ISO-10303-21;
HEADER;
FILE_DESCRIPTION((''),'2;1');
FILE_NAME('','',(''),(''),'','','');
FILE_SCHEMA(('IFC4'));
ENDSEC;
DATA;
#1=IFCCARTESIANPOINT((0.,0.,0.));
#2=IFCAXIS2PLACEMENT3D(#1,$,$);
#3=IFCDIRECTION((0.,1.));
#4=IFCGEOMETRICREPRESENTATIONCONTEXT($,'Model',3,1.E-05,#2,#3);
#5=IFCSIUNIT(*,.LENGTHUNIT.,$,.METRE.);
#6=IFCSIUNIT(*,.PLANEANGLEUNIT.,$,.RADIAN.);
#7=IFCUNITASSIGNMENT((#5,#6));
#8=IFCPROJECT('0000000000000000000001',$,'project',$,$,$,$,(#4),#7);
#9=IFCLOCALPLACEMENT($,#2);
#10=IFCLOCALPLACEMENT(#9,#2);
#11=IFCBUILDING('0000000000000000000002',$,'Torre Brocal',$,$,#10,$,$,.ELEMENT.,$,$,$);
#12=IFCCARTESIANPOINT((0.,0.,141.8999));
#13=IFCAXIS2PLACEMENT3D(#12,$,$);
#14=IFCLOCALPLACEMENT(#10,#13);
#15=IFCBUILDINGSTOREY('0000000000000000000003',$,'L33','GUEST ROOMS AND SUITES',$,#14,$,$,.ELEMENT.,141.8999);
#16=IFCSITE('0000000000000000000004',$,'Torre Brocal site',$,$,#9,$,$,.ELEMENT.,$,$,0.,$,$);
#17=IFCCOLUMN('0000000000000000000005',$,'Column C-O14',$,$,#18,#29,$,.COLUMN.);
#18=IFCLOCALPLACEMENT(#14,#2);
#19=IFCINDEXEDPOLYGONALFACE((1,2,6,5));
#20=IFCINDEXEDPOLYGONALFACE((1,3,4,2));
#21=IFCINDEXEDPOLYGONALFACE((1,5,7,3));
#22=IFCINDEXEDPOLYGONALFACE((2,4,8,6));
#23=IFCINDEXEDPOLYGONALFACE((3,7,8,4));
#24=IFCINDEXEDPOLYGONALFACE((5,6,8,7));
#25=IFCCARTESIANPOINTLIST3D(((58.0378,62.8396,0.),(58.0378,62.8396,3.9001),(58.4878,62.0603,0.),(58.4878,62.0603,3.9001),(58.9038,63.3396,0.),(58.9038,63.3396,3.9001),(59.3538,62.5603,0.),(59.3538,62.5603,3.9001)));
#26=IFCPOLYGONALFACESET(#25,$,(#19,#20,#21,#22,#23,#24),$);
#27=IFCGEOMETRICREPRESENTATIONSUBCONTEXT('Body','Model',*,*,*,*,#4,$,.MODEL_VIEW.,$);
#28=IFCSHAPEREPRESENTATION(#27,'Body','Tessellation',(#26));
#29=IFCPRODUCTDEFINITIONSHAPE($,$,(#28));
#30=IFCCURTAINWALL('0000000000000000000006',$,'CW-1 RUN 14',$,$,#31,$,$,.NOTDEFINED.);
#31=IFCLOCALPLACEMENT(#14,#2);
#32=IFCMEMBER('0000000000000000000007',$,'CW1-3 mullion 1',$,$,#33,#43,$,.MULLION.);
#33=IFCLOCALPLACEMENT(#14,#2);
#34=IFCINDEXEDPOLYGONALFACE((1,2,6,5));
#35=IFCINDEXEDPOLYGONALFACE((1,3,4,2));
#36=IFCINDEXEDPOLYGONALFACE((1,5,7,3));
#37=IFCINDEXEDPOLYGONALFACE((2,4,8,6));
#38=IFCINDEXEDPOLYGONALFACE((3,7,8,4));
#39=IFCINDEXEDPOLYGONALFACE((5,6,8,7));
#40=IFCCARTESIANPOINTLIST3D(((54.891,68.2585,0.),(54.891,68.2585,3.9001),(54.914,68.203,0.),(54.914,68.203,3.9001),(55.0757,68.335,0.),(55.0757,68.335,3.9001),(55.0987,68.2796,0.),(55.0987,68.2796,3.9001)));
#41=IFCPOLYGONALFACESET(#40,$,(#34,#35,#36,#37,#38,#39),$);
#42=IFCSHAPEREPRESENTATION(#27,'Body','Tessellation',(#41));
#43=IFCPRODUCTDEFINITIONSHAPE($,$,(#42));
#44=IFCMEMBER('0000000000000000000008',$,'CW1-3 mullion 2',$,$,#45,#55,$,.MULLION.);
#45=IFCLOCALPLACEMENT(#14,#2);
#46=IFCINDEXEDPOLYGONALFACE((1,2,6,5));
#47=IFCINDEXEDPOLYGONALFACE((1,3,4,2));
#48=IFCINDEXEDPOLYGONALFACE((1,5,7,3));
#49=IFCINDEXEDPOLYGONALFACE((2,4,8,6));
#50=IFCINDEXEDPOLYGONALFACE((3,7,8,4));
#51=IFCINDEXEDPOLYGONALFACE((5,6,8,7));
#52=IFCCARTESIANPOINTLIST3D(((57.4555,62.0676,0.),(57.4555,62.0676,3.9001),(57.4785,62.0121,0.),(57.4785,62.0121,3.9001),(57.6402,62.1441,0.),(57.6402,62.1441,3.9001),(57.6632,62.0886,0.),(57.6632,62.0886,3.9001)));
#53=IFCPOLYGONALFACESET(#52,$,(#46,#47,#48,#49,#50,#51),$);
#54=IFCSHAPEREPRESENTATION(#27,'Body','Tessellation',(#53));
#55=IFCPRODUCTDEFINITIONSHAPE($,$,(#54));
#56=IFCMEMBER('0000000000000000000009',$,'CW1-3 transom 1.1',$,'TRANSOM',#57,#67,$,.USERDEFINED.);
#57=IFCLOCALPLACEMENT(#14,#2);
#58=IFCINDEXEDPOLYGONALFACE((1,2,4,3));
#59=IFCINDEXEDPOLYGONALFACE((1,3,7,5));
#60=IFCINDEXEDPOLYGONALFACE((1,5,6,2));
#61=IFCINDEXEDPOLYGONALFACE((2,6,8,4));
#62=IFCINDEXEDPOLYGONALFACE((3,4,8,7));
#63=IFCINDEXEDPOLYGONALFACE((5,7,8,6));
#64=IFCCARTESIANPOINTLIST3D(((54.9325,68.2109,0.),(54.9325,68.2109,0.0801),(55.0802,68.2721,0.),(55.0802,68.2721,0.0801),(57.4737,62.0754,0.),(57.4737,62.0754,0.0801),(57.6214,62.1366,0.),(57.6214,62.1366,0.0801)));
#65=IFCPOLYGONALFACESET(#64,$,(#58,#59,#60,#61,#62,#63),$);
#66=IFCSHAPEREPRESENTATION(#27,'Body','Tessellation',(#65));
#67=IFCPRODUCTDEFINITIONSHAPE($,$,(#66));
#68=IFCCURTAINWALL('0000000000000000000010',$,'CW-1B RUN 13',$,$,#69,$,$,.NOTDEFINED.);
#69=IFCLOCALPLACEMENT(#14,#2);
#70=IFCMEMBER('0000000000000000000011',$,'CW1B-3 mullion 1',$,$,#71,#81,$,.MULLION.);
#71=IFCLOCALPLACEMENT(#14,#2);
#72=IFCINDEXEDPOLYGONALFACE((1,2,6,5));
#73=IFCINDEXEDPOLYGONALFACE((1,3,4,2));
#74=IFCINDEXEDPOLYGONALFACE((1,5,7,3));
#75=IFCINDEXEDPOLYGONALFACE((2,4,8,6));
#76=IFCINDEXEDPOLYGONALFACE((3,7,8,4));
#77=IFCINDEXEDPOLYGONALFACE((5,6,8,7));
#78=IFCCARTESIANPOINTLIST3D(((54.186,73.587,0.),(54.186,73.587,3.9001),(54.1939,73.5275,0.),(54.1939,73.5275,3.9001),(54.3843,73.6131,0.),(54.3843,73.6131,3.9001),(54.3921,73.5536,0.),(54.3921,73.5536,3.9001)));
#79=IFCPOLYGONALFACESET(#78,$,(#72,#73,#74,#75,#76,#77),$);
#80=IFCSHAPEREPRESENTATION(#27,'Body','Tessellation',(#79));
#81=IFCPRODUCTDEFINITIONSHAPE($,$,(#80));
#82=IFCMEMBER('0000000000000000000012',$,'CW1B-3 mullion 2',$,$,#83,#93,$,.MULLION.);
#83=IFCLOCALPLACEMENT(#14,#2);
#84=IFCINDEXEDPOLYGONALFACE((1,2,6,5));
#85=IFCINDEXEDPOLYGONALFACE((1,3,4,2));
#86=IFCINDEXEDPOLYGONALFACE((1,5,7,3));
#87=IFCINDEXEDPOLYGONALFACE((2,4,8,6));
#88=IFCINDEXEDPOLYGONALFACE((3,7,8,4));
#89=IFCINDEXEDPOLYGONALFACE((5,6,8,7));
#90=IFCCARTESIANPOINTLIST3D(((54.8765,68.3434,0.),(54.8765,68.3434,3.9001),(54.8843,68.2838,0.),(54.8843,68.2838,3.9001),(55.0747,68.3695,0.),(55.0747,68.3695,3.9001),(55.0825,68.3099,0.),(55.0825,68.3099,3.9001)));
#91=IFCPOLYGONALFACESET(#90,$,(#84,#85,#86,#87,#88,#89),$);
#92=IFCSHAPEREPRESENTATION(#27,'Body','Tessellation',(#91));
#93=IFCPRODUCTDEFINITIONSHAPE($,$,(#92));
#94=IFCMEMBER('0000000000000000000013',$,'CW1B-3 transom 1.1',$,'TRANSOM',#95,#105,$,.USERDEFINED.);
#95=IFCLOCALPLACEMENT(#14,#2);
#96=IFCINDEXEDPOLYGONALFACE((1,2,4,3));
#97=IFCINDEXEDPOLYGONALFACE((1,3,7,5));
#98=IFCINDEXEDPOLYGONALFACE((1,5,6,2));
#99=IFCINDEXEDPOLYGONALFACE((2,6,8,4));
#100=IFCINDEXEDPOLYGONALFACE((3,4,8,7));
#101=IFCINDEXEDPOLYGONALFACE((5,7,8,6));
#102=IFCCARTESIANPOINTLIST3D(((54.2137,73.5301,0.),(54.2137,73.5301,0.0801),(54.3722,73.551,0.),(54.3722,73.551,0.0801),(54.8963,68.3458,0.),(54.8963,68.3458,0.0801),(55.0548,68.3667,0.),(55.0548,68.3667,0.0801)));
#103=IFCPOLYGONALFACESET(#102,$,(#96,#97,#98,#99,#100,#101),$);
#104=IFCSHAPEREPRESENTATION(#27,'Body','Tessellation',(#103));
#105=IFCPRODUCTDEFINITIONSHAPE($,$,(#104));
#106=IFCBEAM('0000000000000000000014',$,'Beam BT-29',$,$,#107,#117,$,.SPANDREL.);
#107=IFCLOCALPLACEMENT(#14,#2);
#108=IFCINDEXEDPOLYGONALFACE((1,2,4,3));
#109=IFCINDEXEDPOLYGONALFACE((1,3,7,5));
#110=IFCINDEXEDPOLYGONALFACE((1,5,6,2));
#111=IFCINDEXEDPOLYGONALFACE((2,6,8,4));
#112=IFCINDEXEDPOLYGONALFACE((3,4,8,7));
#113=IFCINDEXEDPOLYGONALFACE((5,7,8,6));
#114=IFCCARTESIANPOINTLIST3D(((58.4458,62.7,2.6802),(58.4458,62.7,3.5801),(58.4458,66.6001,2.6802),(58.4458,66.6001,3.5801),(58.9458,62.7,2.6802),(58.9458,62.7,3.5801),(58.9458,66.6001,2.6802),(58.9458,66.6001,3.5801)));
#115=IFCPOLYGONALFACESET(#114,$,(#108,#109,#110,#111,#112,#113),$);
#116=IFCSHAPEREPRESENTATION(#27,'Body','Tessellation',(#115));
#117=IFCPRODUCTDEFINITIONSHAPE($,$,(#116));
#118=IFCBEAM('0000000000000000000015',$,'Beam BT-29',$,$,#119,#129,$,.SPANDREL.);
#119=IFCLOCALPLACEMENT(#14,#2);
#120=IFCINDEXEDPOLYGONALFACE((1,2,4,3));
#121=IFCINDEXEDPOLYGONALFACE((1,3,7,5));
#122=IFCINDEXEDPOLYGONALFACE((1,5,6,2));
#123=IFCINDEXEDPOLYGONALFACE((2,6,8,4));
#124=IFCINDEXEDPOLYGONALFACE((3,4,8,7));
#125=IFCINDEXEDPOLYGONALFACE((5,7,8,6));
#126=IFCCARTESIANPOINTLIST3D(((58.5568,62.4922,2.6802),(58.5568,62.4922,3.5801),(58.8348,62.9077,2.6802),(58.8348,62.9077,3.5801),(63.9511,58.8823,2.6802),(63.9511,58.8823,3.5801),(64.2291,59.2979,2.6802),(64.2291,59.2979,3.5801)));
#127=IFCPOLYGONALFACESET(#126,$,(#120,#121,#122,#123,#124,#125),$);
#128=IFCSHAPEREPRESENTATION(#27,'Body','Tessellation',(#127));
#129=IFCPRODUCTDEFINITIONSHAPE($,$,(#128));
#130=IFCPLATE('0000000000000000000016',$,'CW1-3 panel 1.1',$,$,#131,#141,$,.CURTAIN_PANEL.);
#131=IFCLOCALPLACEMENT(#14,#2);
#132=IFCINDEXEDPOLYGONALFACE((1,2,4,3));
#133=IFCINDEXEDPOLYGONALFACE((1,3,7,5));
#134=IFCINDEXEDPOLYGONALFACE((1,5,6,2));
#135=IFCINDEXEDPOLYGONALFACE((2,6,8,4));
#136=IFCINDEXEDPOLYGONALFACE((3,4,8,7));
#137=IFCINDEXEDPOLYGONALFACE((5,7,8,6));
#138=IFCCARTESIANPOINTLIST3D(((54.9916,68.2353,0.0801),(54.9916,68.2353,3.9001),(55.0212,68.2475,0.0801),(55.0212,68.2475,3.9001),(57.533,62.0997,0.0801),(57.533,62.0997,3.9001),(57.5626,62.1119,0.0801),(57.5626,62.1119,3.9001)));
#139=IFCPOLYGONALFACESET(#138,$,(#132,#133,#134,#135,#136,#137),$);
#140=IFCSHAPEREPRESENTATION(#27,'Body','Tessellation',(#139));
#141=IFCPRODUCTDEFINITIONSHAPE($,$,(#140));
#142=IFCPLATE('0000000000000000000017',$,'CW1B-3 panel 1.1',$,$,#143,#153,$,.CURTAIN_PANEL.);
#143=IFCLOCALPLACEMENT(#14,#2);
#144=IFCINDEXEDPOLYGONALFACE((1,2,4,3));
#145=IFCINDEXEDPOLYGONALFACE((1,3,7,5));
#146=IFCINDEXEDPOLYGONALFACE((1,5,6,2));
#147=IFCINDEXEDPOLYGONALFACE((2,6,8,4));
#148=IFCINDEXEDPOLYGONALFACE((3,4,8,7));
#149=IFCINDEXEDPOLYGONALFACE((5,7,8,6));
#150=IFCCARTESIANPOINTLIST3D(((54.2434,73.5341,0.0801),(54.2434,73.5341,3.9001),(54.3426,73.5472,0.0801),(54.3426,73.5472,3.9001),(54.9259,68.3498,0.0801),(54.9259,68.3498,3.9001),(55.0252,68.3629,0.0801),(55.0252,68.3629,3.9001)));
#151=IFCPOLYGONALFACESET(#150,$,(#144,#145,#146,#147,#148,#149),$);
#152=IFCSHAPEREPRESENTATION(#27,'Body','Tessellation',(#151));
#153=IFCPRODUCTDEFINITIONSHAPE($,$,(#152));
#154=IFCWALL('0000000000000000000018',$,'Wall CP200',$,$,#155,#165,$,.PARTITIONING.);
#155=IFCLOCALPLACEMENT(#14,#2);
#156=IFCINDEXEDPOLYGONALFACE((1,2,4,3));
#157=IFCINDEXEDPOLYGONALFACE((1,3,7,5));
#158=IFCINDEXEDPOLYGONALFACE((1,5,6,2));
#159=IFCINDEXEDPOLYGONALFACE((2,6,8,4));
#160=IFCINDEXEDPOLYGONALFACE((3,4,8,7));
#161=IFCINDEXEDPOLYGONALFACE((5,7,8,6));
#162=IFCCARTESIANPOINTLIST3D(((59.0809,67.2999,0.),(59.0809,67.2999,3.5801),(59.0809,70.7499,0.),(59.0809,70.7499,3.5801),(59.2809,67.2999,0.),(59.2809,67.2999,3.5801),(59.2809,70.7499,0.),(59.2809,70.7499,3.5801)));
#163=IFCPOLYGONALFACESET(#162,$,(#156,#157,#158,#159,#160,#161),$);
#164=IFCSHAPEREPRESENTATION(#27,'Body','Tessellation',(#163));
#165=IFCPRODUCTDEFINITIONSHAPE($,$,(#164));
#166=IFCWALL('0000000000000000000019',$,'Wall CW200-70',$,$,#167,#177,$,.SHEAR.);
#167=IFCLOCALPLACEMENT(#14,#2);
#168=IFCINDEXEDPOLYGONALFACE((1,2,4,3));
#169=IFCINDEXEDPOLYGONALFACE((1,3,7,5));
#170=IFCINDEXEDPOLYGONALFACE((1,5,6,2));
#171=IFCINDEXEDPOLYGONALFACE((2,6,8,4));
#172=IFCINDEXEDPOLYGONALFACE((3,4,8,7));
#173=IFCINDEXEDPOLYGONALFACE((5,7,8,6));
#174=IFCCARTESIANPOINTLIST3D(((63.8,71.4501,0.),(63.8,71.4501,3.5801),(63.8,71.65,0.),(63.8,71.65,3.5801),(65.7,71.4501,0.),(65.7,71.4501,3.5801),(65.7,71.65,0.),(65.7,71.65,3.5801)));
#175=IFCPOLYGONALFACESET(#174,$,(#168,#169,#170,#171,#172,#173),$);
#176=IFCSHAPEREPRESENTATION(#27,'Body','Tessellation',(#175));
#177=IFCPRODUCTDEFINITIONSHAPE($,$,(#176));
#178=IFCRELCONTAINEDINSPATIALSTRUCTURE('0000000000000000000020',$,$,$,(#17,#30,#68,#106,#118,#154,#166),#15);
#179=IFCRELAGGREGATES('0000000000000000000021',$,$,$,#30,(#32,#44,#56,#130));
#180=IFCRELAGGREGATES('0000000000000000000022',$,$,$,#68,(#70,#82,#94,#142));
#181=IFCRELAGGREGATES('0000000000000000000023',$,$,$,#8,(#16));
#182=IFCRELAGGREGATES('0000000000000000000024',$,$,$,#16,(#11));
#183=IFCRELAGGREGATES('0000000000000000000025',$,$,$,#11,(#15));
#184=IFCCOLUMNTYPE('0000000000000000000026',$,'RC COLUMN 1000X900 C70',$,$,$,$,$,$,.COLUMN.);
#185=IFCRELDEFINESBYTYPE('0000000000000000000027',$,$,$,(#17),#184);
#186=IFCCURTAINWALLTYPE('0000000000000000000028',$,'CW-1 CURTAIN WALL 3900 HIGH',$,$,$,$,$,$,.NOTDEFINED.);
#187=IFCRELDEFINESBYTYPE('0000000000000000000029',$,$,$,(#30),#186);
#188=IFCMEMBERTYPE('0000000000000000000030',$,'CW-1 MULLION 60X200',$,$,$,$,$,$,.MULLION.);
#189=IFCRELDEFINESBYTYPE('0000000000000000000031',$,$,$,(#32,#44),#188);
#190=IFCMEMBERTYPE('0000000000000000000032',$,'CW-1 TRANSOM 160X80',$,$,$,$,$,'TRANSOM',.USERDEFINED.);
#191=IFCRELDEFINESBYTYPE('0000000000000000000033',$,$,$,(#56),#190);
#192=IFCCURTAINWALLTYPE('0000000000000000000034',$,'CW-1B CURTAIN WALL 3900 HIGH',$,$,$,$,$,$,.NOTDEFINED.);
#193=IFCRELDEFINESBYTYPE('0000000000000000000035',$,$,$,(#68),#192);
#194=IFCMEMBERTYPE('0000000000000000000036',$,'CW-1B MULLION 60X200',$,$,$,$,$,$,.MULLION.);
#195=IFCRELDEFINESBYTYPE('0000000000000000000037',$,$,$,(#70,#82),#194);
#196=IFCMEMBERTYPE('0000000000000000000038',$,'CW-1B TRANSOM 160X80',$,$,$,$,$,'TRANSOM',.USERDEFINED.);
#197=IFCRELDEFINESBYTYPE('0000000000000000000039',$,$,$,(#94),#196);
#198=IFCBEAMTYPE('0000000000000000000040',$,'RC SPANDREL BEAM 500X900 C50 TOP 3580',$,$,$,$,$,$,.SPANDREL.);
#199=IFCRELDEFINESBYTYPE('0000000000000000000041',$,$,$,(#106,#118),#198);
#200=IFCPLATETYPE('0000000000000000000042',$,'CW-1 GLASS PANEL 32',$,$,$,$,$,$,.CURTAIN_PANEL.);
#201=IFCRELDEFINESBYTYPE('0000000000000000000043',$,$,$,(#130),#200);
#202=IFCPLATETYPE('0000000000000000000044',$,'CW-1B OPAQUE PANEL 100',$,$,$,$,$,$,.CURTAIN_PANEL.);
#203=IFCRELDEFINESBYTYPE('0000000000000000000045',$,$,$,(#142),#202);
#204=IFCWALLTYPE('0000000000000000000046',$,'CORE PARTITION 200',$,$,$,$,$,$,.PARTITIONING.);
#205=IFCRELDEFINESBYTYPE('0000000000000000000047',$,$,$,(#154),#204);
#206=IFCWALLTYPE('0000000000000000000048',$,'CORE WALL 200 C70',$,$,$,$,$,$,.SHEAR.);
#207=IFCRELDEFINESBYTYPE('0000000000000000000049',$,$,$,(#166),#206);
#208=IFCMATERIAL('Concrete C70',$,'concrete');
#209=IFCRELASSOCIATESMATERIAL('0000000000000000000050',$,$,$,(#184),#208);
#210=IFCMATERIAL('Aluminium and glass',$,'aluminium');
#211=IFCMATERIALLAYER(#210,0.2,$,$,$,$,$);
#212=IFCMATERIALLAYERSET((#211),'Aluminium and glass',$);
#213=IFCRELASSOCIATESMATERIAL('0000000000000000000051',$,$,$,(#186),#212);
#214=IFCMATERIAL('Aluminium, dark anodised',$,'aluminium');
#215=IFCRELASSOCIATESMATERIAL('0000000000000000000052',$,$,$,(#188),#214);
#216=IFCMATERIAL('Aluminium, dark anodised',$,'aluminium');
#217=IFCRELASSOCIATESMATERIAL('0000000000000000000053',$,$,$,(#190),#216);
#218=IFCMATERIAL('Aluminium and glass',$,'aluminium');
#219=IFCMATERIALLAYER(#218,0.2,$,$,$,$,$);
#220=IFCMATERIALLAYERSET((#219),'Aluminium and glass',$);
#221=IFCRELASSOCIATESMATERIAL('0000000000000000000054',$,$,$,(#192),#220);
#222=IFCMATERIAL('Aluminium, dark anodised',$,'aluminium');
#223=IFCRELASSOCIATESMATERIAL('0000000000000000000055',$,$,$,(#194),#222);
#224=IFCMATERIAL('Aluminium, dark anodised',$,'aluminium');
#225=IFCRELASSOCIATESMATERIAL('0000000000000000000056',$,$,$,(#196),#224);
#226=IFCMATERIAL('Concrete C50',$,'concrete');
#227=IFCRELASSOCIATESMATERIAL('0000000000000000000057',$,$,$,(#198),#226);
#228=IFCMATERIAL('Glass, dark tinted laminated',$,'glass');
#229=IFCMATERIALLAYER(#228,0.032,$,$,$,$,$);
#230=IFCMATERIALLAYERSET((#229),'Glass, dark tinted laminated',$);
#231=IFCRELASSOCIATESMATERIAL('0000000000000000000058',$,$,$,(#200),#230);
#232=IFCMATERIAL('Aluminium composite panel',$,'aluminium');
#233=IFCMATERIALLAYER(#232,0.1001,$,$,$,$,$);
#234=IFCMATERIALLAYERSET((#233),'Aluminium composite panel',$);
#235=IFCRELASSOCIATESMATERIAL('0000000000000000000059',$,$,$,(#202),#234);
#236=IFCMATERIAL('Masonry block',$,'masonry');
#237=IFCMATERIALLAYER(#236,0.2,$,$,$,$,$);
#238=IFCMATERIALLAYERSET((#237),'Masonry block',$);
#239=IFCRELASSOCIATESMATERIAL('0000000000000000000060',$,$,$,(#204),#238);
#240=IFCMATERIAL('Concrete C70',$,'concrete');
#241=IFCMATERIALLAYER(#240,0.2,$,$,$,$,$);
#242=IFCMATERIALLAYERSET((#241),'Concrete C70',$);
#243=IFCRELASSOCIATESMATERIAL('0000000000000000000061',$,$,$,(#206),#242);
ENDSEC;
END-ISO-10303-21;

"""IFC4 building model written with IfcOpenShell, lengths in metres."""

from ifc_helpers import new_model, si_unit, direction, frame, frame_2d, origin, origin_2d, place, context, subcontext, project, spatial, rectangle, extrude, material, layer, layer_set, material_profile, profile_set, type_object, element, aggregate, save


model = new_model("IFC4")

# Units and contexts
model_context = context("Model", 3, precision=1e-05, world=origin(), true_north=direction((0.0, 1.0)))
body_context = subcontext(model_context, "Body", "Model", "MODEL_VIEW")
ifc_project = project(units=[si_unit("LENGTHUNIT", "METRE"), si_unit("PLANEANGLEUNIT", "RADIAN")], contexts=[model_context])

# Site, building, storey
site_placement = place(None, origin())
site = spatial("IfcSite", under=ifc_project, at=site_placement, Name="Torre Brocal site", CompositionType="ELEMENT", RefElevation=0.0)
building_placement = place(site_placement, origin())
building = spatial("IfcBuilding", under=site, at=building_placement, Name="Torre Brocal", CompositionType="ELEMENT")
storey_placement = place(building_placement, frame((0.0, 0.0, 141.8999)))
storey = spatial("IfcBuildingStorey", under=building, at=storey_placement, Name="L33", Description="GUEST ROOMS AND SUITES", CompositionType="ELEMENT", Elevation=141.8999)

# Column
ifc_material_1 = material(Name="Concrete C70", Category="concrete")
ifc_material_profile_1 = material_profile(ifc_material_1, rectangle(XDim=1.0, YDim=0.8999, at=origin_2d()), Name="RC 1000X900")
ifc_profile_set_1 = profile_set([ifc_material_profile_1], Name="Concrete C70")
column_type = type_object("IfcColumnType", Name="RC COLUMN 1000X900 C70", PredefinedType="COLUMN", material=ifc_profile_set_1)
column_placement = place(storey_placement, frame((58.6958, 62.7, 0.0), z_axis=(0.0, 0.0, 1.0), x_axis=(-0.866025, -0.5, 0.0)))
element("IfcColumn", 1, at=column_placement, inside=storey, type_object=column_type, Name="Column C-O14", PredefinedType="COLUMN", context=body_context, shape_type="SweptSolid", body=[
    extrude(rectangle(XDim=1.0, YDim=0.8999, at=origin_2d()), origin(), (0.0, 0.0, 1.0), 3.9001),
])

# Curtain walls, members
ifc_material_2 = material(Name="Aluminium and glass", Category="aluminium")
ifc_layer_1 = layer(ifc_material_2, 0.2)
ifc_layer_set_1 = layer_set([ifc_layer_1], Name="Aluminium and glass")
curtain_wall_type_1 = type_object("IfcCurtainWallType", Name="CW-1 CURTAIN WALL 3900 HIGH", PredefinedType="NOTDEFINED", material=ifc_layer_set_1)
curtain_wall_1_placement = place(storey_placement, origin())
curtain_wall_1 = element("IfcCurtainWall", 2, at=curtain_wall_1_placement, inside=storey, type_object=curtain_wall_type_1, Name="CW-1 RUN 14", PredefinedType="NOTDEFINED")
ifc_material_3 = material(Name="Aluminium, dark anodised", Category="aluminium")
ifc_material_profile_2 = material_profile(ifc_material_3, rectangle(XDim=0.2, YDim=0.0601, at=origin_2d()), Name="CW-1 MULLION 60X200")
ifc_profile_set_2 = profile_set([ifc_material_profile_2], Name="Aluminium, dark anodised")
member_type_1 = type_object("IfcMemberType", Name="CW-1 MULLION 60X200", PredefinedType="MULLION", material=ifc_profile_set_2)
member_1_placement = place(storey_placement, frame((54.9949, 68.269, 0.0), z_axis=(0.0, 0.0, 1.0), x_axis=(0.92388, 0.382683, 0.0)))
member_1 = element("IfcMember", 3, at=member_1_placement, type_object=member_type_1, Name="CW1-3 mullion 1", PredefinedType="MULLION", context=body_context, shape_type="SweptSolid", body=[
    extrude(rectangle(XDim=0.2, YDim=0.0601, at=origin_2d()), origin(), (0.0, 0.0, 1.0), 3.9001),
])
member_2_placement = place(storey_placement, frame((57.5593, 62.0781, 0.0), z_axis=(0.0, 0.0, 1.0), x_axis=(0.92388, 0.382683, 0.0)))
member_2 = element("IfcMember", 4, at=member_2_placement, type_object=member_type_1, Name="CW1-3 mullion 2", PredefinedType="MULLION", context=body_context, shape_type="SweptSolid", body=[
    extrude(rectangle(XDim=0.2, YDim=0.0601, at=origin_2d()), origin(), (0.0, 0.0, 1.0), 3.9001),
])
ifc_material_4 = material(Name="Aluminium, dark anodised", Category="aluminium")
ifc_material_profile_3 = material_profile(ifc_material_4, rectangle(XDim=0.1599, YDim=0.0801, at=origin_2d()), Name="CW-1 TRANSOM 160X80")
ifc_profile_set_3 = profile_set([ifc_material_profile_3], Name="Aluminium, dark anodised")
member_type_2 = type_object("IfcMemberType", Name="CW-1 TRANSOM 160X80", ElementType="TRANSOM", PredefinedType="USERDEFINED", material=ifc_profile_set_3)
member_3_placement = place(storey_placement, frame((55.0063, 68.2415, 0.04), z_axis=(0.382665, -0.923887, 0.0), x_axis=(0.923887, 0.382665, 0.0)))
member_3 = element("IfcMember", 5, at=member_3_placement, type_object=member_type_2, Name="CW1-3 transom 1.1", ObjectType="TRANSOM", PredefinedType="USERDEFINED", context=body_context, shape_type="SweptSolid", body=[
    extrude(rectangle(XDim=0.1599, YDim=0.0801, at=origin_2d()), origin(), (0.0, 0.0, 1.0), 6.6409),
])
ifc_material_5 = material(Name="Aluminium and glass", Category="aluminium")
ifc_layer_2 = layer(ifc_material_5, 0.2)
ifc_layer_set_2 = layer_set([ifc_layer_2], Name="Aluminium and glass")
curtain_wall_type_2 = type_object("IfcCurtainWallType", Name="CW-1B CURTAIN WALL 3900 HIGH", PredefinedType="NOTDEFINED", material=ifc_layer_set_2)
curtain_wall_2_placement = place(storey_placement, origin())
curtain_wall_2 = element("IfcCurtainWall", 6, at=curtain_wall_2_placement, inside=storey, type_object=curtain_wall_type_2, Name="CW-1B RUN 13", PredefinedType="NOTDEFINED")
ifc_material_6 = material(Name="Aluminium, dark anodised", Category="aluminium")
ifc_material_profile_4 = material_profile(ifc_material_6, rectangle(XDim=0.2, YDim=0.0601, at=origin_2d()), Name="CW-1B MULLION 60X200")
ifc_profile_set_4 = profile_set([ifc_material_profile_4], Name="Aluminium, dark anodised")
member_type_3 = type_object("IfcMemberType", Name="CW-1B MULLION 60X200", PredefinedType="MULLION", material=ifc_profile_set_4)
member_4_placement = place(storey_placement, frame((54.2891, 73.5703, 0.0), z_axis=(0.0, 0.0, 1.0), x_axis=(0.991445, 0.130526, 0.0)))
member_4 = element("IfcMember", 7, at=member_4_placement, type_object=member_type_3, Name="CW1B-3 mullion 1", PredefinedType="MULLION", context=body_context, shape_type="SweptSolid", body=[
    extrude(rectangle(XDim=0.2, YDim=0.0601, at=origin_2d()), origin(), (0.0, 0.0, 1.0), 3.9001),
])
member_5_placement = place(storey_placement, frame((54.9795, 68.3267, 0.0), z_axis=(0.0, 0.0, 1.0), x_axis=(0.991445, 0.130526, 0.0)))
member_5 = element("IfcMember", 8, at=member_5_placement, type_object=member_type_3, Name="CW1B-3 mullion 2", PredefinedType="MULLION", context=body_context, shape_type="SweptSolid", body=[
    extrude(rectangle(XDim=0.2, YDim=0.0601, at=origin_2d()), origin(), (0.0, 0.0, 1.0), 3.9001),
])
ifc_material_7 = material(Name="Aluminium, dark anodised", Category="aluminium")
ifc_material_profile_5 = material_profile(ifc_material_7, rectangle(XDim=0.1599, YDim=0.0801, at=origin_2d()), Name="CW-1B TRANSOM 160X80")
ifc_profile_set_5 = profile_set([ifc_material_profile_5], Name="Aluminium, dark anodised")
member_type_4 = type_object("IfcMemberType", Name="CW-1B TRANSOM 160X80", ElementType="TRANSOM", PredefinedType="USERDEFINED", material=ifc_profile_set_5)
member_6_placement = place(storey_placement, frame((54.293, 73.5405, 0.04), z_axis=(0.130543, -0.991443, 0.0), x_axis=(0.991443, 0.130543, 0.0)))
member_6 = element("IfcMember", 9, at=member_6_placement, type_object=member_type_4, Name="CW1B-3 transom 1.1", ObjectType="TRANSOM", PredefinedType="USERDEFINED", context=body_context, shape_type="SweptSolid", body=[
    extrude(rectangle(XDim=0.1599, YDim=0.0801, at=origin_2d()), origin(), (0.0, 0.0, 1.0), 5.229),
])

# Beams
ifc_material_8 = material(Name="Concrete C50", Category="concrete")
ifc_material_profile_6 = material_profile(ifc_material_8, rectangle(XDim=0.5, YDim=0.8999, at=origin_2d()), Name="RC 500X900")
ifc_profile_set_6 = profile_set([ifc_material_profile_6], Name="Concrete C50")
beam_type = type_object("IfcBeamType", Name="RC SPANDREL BEAM 500X900 C50 TOP 3580", PredefinedType="SPANDREL", material=ifc_profile_set_6)
beam_1_placement = place(storey_placement, frame((58.6958, 62.7, 3.1301), z_axis=(0.0, 1.0, 0.0), x_axis=(-1.0, 0.0, 0.0)))
element("IfcBeam", 10, at=beam_1_placement, inside=storey, type_object=beam_type, Name="Beam BT-29", PredefinedType="SPANDREL", context=body_context, shape_type="SweptSolid", body=[
    extrude(rectangle(XDim=0.5, YDim=0.8999, at=origin_2d()), origin(), (0.0, 0.0, 1.0), 3.9001),
])
beam_2_placement = place(storey_placement, frame((58.6958, 62.7, 3.1301), z_axis=(0.831077, -0.556158, 0.0), x_axis=(0.556158, 0.831077, 0.0)))
element("IfcBeam", 11, at=beam_2_placement, inside=storey, type_object=beam_type, Name="Beam BT-29", PredefinedType="SPANDREL", context=body_context, shape_type="SweptSolid", body=[
    extrude(rectangle(XDim=0.5, YDim=0.8999, at=origin_2d()), origin(), (0.0, 0.0, 1.0), 6.4907),
])

# Plates
ifc_material_9 = material(Name="Glass, dark tinted laminated", Category="glass")
ifc_layer_3 = layer(ifc_material_9, 0.032)
ifc_layer_set_3 = layer_set([ifc_layer_3], Name="Glass, dark tinted laminated")
plate_type_1 = type_object("IfcPlateType", Name="CW-1 GLASS PANEL 32", PredefinedType="CURTAIN_PANEL", material=ifc_layer_set_3)
plate_1_placement = place(storey_placement, frame((56.2771, 65.1736, 0.0801), z_axis=(0.0, 0.0, 1.0), x_axis=(0.382683, -0.92388, 0.0)))
plate_1 = element("IfcPlate", 12, at=plate_1_placement, type_object=plate_type_1, Name="CW1-3 panel 1.1", PredefinedType="CURTAIN_PANEL", context=body_context, shape_type="SweptSolid", body=[
    extrude(rectangle(XDim=6.6411, YDim=0.032, at=origin_2d()), origin(), (0.0, 0.0, 1.0), 3.8201),
])
aggregate(curtain_wall_1, [member_1, member_2, member_3, plate_1])
ifc_material_10 = material(Name="Aluminium composite panel", Category="aluminium")
ifc_layer_4 = layer(ifc_material_10, 0.1001)
ifc_layer_set_4 = layer_set([ifc_layer_4], Name="Aluminium composite panel")
plate_type_2 = type_object("IfcPlateType", Name="CW-1B OPAQUE PANEL 100", PredefinedType="CURTAIN_PANEL", material=ifc_layer_set_4)
plate_2_placement = place(storey_placement, frame((54.6343, 70.9485, 0.0801), z_axis=(0.0, 0.0, 1.0), x_axis=(0.130526, -0.991445, 0.0)))
plate_2 = element("IfcPlate", 13, at=plate_2_placement, type_object=plate_type_2, Name="CW1B-3 panel 1.1", PredefinedType="CURTAIN_PANEL", context=body_context, shape_type="SweptSolid", body=[
    extrude(rectangle(XDim=5.229, YDim=0.1001, at=origin_2d()), origin(), (0.0, 0.0, 1.0), 3.8201),
])
aggregate(curtain_wall_2, [member_4, member_5, member_6, plate_2])

# Walls
ifc_material_11 = material(Name="Masonry block", Category="masonry")
ifc_layer_5 = layer(ifc_material_11, 0.2)
ifc_layer_set_5 = layer_set([ifc_layer_5], Name="Masonry block")
wall_type_1 = type_object("IfcWallType", Name="CORE PARTITION 200", PredefinedType="PARTITIONING", material=ifc_layer_set_5)
wall_1_placement = place(storey_placement, frame((59.1809, 70.75, 0.0), z_axis=(0.0, 0.0, 1.0), x_axis=(0.0, -1.0, 0.0)))
element("IfcWall", 14, at=wall_1_placement, inside=storey, type_object=wall_type_1, Name="Wall CP200", PredefinedType="PARTITIONING", context=body_context, shape_type="SweptSolid", body=[
    extrude(rectangle(XDim=3.45, YDim=0.2, at=frame_2d((1.7251, 0.0))), origin(), (0.0, 0.0, 1.0), 3.5801),
])
ifc_material_12 = material(Name="Concrete C70", Category="concrete")
ifc_layer_6 = layer(ifc_material_12, 0.2)
ifc_layer_set_6 = layer_set([ifc_layer_6], Name="Concrete C70")
wall_type_2 = type_object("IfcWallType", Name="CORE WALL 200 C70", PredefinedType="SHEAR", material=ifc_layer_set_6)
wall_2_placement = place(storey_placement, frame((65.7, 71.55, 0.0), z_axis=(0.0, 0.0, 1.0), x_axis=(-1.0, 0.0, 0.0)))
element("IfcWall", 15, at=wall_2_placement, inside=storey, type_object=wall_type_2, Name="Wall CW200-70", PredefinedType="SHEAR", context=body_context, shape_type="SweptSolid", body=[
    extrude(rectangle(XDim=1.8999, YDim=0.2, at=frame_2d((0.95, 0.0))), origin(), (0.0, 0.0, 1.0), 3.5801),
])

save(model, "model.ifc")
